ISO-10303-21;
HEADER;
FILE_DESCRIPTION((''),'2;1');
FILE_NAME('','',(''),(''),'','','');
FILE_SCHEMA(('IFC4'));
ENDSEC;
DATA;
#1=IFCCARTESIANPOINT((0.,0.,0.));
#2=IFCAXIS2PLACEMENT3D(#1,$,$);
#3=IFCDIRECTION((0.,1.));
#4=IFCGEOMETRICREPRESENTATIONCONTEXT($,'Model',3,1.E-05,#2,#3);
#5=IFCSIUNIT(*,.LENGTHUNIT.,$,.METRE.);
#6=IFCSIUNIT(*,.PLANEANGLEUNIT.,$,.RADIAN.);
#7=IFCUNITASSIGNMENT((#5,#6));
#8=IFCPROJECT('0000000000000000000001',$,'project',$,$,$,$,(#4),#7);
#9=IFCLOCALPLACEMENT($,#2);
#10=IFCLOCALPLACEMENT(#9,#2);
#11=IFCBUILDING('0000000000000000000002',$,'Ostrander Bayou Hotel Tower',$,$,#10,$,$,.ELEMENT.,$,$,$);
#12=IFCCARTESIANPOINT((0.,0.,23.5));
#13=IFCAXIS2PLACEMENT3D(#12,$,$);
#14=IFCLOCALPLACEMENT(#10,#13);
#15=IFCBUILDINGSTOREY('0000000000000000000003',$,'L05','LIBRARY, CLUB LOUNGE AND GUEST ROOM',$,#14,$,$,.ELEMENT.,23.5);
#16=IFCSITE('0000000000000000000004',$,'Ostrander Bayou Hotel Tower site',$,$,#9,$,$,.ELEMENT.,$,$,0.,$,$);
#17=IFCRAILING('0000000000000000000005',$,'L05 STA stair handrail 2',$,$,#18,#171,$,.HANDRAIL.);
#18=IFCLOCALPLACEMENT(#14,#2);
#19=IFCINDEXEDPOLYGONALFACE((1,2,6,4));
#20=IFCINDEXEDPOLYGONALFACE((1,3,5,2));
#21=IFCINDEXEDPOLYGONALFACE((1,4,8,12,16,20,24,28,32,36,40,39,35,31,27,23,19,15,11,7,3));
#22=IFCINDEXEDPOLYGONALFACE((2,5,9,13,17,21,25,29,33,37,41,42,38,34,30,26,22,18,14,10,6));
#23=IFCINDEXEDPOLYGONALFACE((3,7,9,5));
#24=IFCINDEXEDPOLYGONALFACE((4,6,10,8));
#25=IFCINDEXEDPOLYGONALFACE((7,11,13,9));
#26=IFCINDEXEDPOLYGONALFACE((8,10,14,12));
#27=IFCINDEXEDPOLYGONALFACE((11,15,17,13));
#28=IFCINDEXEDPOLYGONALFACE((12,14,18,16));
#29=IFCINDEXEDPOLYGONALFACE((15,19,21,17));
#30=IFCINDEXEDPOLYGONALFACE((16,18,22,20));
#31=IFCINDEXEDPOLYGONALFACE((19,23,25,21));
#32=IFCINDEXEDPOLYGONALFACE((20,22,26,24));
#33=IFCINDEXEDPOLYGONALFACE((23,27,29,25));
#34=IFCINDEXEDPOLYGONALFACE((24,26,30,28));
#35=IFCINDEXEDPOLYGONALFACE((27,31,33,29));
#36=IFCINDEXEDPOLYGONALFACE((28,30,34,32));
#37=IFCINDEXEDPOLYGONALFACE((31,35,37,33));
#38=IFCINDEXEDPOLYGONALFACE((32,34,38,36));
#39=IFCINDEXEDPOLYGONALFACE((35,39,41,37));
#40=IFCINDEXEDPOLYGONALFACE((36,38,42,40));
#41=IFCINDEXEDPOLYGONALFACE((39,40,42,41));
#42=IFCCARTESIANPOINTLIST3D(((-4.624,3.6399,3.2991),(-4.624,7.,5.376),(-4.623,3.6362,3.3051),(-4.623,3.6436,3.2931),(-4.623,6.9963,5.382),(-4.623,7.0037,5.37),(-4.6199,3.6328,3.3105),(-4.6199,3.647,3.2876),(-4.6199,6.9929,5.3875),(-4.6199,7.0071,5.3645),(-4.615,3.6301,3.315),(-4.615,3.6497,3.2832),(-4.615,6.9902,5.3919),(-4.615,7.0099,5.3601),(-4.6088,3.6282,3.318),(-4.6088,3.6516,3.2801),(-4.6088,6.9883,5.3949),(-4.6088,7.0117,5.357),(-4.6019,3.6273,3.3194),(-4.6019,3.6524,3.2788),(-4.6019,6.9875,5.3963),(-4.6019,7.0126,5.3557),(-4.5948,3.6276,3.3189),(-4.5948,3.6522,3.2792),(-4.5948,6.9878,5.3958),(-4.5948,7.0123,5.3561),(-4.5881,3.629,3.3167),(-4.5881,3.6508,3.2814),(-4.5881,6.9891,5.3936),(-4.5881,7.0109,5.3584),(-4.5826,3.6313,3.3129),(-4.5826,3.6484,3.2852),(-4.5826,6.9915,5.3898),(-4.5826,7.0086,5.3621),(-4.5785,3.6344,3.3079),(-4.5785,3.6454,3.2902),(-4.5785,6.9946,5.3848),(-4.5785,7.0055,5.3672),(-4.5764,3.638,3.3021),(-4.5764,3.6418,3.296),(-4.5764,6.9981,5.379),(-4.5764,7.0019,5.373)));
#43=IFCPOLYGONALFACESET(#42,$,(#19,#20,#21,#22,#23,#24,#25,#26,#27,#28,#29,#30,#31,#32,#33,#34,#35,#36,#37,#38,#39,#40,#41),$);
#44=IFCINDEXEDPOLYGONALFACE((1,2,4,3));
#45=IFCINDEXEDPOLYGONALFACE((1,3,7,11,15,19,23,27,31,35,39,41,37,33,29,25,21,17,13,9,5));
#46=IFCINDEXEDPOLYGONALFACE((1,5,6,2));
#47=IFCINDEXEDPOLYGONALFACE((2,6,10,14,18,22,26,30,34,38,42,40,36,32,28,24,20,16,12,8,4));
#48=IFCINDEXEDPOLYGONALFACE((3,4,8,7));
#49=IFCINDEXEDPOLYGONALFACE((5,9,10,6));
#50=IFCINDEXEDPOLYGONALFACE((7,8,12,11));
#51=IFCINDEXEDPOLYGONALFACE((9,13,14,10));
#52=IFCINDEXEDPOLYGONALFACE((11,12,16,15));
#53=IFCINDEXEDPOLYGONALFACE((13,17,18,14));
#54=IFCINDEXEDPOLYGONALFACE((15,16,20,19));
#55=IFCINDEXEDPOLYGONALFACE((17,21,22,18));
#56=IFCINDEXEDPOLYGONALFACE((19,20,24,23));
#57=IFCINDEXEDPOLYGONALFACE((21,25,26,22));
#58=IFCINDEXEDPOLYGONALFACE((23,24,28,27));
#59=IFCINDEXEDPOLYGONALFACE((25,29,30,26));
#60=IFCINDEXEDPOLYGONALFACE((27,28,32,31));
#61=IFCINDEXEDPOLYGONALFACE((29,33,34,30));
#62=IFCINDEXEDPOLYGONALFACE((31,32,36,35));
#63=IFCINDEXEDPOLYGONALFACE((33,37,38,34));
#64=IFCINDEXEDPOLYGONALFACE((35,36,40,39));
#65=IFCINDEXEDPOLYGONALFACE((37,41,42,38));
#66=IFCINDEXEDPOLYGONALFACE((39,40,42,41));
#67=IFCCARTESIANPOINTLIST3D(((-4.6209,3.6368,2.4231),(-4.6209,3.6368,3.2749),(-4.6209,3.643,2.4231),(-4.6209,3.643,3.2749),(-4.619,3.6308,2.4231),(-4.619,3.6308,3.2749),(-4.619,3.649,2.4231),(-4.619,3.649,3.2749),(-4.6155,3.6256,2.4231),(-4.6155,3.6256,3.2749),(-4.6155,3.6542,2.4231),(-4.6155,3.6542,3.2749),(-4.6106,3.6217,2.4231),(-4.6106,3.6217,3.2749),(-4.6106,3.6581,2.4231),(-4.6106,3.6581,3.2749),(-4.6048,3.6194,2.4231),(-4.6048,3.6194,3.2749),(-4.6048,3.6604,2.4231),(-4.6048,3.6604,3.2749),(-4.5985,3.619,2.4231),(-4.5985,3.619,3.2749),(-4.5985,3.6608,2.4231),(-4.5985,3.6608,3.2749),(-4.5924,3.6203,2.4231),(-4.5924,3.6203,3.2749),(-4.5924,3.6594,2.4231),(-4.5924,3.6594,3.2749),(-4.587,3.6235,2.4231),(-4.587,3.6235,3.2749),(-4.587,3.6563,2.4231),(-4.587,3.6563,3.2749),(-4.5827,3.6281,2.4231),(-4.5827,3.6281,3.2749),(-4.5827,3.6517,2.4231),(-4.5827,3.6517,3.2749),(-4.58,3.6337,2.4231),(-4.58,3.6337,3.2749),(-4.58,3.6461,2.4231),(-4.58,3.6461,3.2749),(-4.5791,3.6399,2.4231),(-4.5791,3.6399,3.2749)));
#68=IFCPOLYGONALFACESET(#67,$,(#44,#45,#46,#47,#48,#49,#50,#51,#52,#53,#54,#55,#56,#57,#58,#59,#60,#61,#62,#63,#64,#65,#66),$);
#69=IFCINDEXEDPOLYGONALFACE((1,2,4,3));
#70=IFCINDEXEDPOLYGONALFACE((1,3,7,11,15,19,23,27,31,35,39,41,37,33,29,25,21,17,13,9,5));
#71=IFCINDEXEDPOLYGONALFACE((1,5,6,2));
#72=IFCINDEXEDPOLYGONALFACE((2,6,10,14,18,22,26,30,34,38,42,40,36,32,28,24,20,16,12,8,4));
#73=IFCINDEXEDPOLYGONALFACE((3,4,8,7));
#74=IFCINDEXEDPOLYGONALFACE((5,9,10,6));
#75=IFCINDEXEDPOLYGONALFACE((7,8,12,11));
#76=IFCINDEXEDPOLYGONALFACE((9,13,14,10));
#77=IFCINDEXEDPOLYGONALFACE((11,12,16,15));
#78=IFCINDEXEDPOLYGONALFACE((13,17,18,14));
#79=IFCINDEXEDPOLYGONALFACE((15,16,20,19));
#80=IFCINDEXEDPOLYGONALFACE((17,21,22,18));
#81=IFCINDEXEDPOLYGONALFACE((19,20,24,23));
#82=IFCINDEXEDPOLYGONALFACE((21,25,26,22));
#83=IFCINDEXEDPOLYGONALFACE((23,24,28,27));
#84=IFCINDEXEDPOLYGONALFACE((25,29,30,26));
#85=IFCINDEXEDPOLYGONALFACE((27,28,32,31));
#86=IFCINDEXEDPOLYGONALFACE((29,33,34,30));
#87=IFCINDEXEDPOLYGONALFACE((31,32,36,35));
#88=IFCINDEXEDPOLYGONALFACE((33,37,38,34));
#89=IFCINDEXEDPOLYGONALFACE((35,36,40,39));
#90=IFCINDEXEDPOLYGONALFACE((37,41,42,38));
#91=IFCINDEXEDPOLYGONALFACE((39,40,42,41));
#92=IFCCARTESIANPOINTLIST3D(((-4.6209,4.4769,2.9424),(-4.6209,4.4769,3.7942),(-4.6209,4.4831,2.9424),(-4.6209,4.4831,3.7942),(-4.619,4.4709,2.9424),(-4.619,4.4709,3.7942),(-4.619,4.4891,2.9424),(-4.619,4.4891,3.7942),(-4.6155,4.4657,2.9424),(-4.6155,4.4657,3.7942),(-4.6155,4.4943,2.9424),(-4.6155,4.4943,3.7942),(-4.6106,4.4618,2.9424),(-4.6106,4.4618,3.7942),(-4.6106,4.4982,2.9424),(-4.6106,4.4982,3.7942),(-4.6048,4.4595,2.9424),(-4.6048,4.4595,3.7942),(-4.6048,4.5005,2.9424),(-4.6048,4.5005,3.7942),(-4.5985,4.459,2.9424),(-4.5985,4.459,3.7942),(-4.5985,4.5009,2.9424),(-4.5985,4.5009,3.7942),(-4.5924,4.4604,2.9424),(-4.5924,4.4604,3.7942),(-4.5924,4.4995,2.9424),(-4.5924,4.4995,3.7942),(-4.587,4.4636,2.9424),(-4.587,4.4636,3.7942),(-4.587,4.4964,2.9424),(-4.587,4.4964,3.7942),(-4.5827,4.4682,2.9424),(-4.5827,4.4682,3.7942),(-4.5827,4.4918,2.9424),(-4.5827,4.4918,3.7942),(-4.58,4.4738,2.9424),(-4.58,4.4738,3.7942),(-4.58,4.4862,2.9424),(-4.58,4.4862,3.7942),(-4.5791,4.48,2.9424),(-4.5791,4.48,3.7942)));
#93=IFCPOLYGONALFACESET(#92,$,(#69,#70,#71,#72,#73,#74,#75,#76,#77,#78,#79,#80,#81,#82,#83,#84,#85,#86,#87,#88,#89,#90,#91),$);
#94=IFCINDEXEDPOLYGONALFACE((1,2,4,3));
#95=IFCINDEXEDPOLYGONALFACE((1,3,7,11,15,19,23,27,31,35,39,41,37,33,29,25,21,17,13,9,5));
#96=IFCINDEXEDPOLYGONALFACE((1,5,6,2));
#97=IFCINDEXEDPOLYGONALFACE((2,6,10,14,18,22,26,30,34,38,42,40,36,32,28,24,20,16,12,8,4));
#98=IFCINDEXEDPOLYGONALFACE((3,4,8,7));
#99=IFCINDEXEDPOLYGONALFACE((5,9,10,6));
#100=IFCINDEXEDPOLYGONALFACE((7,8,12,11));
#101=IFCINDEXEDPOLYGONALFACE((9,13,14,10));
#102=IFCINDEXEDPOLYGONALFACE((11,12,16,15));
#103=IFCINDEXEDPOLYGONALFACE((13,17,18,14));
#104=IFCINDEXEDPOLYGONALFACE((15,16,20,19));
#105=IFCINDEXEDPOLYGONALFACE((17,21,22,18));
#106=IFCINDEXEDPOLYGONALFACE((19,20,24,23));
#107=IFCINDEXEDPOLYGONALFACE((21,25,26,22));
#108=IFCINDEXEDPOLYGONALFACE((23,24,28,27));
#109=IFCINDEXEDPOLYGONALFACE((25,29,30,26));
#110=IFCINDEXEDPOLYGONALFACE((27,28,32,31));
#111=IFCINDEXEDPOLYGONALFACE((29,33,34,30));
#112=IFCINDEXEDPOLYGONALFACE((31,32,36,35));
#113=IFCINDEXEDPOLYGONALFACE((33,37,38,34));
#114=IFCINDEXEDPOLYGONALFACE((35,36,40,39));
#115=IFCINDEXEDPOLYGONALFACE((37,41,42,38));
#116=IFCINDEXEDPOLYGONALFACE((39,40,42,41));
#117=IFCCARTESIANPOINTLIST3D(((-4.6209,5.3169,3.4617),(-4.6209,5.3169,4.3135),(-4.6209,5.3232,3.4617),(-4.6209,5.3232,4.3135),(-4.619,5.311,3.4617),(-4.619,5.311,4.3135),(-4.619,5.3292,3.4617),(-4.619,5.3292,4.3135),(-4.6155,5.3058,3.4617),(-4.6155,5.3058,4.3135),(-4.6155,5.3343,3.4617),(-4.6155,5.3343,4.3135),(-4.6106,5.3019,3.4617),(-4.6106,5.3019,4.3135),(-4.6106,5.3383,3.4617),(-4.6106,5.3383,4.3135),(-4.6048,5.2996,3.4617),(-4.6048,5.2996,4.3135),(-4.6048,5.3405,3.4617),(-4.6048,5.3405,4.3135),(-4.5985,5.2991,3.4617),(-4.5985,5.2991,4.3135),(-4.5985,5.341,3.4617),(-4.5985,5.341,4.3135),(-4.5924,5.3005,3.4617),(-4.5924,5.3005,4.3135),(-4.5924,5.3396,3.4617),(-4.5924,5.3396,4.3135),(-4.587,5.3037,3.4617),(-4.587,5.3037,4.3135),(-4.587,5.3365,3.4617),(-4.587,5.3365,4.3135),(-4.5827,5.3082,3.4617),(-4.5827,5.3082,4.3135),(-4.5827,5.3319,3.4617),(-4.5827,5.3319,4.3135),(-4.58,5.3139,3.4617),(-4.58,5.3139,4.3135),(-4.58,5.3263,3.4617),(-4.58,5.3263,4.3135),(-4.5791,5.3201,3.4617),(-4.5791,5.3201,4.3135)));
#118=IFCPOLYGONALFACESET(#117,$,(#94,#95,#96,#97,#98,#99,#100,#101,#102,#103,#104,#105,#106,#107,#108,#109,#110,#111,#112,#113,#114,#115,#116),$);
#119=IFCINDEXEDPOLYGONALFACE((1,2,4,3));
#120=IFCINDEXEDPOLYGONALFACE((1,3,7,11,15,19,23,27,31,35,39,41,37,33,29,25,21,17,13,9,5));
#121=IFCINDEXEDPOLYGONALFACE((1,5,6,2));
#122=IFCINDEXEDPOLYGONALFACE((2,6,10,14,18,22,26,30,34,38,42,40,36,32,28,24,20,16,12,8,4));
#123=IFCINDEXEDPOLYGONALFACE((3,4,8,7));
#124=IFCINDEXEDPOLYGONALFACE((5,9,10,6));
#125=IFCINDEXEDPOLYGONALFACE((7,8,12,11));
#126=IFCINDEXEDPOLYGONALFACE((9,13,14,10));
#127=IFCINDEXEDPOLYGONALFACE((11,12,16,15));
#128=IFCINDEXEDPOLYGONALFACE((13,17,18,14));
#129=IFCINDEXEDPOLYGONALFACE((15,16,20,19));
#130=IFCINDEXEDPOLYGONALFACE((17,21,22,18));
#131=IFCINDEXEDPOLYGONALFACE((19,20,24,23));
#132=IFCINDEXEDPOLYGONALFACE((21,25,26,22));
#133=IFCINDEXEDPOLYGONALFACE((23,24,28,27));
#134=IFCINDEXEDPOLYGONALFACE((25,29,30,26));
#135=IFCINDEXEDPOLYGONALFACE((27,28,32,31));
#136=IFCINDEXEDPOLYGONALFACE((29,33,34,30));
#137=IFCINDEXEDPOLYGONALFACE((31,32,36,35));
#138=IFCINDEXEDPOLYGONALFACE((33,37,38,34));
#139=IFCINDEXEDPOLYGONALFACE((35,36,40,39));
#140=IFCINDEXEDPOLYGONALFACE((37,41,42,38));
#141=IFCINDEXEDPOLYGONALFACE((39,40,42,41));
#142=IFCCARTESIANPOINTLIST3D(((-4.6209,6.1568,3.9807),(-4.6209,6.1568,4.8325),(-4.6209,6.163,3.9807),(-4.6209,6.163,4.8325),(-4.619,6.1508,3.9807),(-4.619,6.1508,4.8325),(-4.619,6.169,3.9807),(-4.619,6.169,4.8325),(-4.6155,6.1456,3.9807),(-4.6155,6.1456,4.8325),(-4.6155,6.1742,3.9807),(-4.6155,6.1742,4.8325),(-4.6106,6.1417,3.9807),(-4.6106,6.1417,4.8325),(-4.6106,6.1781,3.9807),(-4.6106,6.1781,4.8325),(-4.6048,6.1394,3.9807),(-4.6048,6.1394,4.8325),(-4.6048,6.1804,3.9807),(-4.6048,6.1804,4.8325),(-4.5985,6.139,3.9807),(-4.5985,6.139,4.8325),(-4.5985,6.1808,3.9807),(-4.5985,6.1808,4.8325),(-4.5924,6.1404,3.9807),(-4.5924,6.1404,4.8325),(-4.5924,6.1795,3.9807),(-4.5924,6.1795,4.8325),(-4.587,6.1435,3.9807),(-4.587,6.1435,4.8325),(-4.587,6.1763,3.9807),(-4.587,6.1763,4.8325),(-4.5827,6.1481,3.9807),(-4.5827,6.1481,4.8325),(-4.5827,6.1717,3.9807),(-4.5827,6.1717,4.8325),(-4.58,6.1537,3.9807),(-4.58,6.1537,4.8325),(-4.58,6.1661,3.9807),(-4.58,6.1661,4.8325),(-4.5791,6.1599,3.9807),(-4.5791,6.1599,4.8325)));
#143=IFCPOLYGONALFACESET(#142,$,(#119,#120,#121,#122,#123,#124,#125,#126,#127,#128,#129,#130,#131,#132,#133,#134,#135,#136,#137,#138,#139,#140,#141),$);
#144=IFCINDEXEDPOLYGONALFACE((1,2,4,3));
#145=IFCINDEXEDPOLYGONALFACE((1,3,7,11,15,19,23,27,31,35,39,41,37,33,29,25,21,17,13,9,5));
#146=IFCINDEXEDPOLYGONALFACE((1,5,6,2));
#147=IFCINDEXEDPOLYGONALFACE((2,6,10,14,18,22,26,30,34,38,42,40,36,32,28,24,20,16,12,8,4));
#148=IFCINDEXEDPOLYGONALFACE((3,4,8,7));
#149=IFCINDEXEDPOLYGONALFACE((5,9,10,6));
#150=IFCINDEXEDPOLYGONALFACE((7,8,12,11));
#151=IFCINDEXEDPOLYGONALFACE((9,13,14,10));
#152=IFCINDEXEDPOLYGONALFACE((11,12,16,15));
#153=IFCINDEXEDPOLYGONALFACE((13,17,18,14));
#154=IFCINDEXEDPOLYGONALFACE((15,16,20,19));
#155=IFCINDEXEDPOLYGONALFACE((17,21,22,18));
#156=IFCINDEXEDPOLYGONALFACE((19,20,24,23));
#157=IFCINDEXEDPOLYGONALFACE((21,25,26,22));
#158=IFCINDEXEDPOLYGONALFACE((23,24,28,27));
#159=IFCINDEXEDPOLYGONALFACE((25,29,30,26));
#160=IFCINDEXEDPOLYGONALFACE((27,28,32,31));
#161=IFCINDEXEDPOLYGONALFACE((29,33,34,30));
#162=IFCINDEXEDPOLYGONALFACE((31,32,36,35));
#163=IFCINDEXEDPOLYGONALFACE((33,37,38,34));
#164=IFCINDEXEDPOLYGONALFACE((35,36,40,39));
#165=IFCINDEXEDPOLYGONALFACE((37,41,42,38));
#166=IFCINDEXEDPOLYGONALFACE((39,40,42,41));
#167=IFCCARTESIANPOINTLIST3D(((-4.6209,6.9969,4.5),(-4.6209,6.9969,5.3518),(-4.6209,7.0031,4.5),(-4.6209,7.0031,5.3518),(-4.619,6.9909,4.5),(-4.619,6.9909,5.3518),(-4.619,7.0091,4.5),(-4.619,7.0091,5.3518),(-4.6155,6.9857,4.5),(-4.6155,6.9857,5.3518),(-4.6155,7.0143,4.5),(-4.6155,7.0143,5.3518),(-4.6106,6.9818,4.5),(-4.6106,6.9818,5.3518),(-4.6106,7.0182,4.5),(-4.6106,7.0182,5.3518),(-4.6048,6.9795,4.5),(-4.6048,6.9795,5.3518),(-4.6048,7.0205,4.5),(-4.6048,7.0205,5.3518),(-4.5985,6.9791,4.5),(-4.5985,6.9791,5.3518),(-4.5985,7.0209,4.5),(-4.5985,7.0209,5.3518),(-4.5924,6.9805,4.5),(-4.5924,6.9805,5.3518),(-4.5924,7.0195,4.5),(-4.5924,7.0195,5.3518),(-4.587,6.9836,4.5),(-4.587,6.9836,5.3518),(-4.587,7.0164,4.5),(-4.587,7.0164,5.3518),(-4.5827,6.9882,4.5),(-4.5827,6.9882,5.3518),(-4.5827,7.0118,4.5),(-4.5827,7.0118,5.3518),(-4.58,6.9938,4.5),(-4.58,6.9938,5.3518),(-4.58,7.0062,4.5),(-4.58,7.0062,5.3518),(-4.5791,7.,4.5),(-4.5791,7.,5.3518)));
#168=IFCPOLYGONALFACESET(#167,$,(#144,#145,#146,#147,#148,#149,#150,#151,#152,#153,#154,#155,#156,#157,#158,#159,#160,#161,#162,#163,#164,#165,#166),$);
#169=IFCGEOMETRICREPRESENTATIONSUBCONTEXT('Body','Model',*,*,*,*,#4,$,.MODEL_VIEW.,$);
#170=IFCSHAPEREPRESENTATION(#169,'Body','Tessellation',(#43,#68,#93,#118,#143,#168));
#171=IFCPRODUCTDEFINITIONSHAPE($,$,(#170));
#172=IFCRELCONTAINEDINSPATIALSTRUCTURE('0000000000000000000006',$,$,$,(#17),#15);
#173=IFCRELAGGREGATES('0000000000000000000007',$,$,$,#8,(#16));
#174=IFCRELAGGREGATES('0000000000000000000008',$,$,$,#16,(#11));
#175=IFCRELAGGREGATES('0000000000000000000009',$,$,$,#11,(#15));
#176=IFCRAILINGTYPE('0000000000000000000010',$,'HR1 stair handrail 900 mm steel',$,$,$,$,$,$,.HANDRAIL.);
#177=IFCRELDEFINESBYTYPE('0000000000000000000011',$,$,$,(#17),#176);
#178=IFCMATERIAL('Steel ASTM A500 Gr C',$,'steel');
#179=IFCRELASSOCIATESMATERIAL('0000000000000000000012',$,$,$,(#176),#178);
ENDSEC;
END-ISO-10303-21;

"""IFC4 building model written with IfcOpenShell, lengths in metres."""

from ifc_helpers import new_model, si_unit, direction, frame, origin, origin_2d, place, context, subcontext, project, spatial, circle, extrude, material, type_object, element, save


model = new_model("IFC4")

# Units and contexts
model_context = context("Model", 3, precision=1e-05, world=origin(), true_north=direction((0.0, 1.0)))
body_context = subcontext(model_context, "Body", "Model", "MODEL_VIEW")
ifc_project = project(units=[si_unit("LENGTHUNIT", "METRE"), si_unit("PLANEANGLEUNIT", "RADIAN")], contexts=[model_context])

# Site, building, storey
site_placement = place(None, origin())
site = spatial("IfcSite", under=ifc_project, at=site_placement, Name="Ostrander Bayou Hotel Tower site", CompositionType="ELEMENT", RefElevation=0.0)
building_placement = place(site_placement, origin())
building = spatial("IfcBuilding", under=site, at=building_placement, Name="Ostrander Bayou Hotel Tower", CompositionType="ELEMENT")
storey_placement = place(building_placement, frame((0.0, 0.0, 23.5)))
storey = spatial("IfcBuildingStorey", under=building, at=storey_placement, Name="L05", Description="LIBRARY, CLUB LOUNGE AND GUEST ROOM", CompositionType="ELEMENT", Elevation=23.5)

# Railing
ifc_material_1 = material(Name="Steel ASTM A500 Gr C", Category="steel")
railing_type_1 = type_object("IfcRailingType", Name="HR1 stair handrail 900 mm steel", PredefinedType="HANDRAIL", material=ifc_material_1)
railing_1_placement = place(storey_placement, frame((-4.6001, 3.6399, 2.4231)))
element("IfcRailing", 1, at=railing_1_placement, inside=storey, type_object=railing_type_1, Name="L05 STA stair handrail 2", PredefinedType="HANDRAIL", context=body_context, shape_type="SweptSolid", body=[
    extrude(circle(Radius=0.0239, at=origin_2d()), frame((0.0, 0.0, 0.876), z_axis=(0.0, 0.850623, 0.525776), x_axis=(-1.0, 0.0, 0.0)), (0.0, 0.0, 1.0), 3.9502),
    extrude(circle(Radius=0.021, at=origin_2d()), origin(), (0.0, 0.0, 1.0), 0.8518),
    extrude(circle(Radius=0.021, at=origin_2d()), frame((0.0, 0.8401, 0.5193)), (0.0, 0.0, 1.0), 0.8518),
    extrude(circle(Radius=0.021, at=origin_2d()), frame((0.0, 1.6802, 1.0386)), (0.0, 0.0, 1.0), 0.8518),
    extrude(circle(Radius=0.021, at=origin_2d()), frame((0.0, 2.52, 1.5576)), (0.0, 0.0, 1.0), 0.8518),
    extrude(circle(Radius=0.021, at=origin_2d()), frame((0.0, 3.3601, 2.0769)), (0.0, 0.0, 1.0), 0.8518),
])

save(model, "model.ifc")
